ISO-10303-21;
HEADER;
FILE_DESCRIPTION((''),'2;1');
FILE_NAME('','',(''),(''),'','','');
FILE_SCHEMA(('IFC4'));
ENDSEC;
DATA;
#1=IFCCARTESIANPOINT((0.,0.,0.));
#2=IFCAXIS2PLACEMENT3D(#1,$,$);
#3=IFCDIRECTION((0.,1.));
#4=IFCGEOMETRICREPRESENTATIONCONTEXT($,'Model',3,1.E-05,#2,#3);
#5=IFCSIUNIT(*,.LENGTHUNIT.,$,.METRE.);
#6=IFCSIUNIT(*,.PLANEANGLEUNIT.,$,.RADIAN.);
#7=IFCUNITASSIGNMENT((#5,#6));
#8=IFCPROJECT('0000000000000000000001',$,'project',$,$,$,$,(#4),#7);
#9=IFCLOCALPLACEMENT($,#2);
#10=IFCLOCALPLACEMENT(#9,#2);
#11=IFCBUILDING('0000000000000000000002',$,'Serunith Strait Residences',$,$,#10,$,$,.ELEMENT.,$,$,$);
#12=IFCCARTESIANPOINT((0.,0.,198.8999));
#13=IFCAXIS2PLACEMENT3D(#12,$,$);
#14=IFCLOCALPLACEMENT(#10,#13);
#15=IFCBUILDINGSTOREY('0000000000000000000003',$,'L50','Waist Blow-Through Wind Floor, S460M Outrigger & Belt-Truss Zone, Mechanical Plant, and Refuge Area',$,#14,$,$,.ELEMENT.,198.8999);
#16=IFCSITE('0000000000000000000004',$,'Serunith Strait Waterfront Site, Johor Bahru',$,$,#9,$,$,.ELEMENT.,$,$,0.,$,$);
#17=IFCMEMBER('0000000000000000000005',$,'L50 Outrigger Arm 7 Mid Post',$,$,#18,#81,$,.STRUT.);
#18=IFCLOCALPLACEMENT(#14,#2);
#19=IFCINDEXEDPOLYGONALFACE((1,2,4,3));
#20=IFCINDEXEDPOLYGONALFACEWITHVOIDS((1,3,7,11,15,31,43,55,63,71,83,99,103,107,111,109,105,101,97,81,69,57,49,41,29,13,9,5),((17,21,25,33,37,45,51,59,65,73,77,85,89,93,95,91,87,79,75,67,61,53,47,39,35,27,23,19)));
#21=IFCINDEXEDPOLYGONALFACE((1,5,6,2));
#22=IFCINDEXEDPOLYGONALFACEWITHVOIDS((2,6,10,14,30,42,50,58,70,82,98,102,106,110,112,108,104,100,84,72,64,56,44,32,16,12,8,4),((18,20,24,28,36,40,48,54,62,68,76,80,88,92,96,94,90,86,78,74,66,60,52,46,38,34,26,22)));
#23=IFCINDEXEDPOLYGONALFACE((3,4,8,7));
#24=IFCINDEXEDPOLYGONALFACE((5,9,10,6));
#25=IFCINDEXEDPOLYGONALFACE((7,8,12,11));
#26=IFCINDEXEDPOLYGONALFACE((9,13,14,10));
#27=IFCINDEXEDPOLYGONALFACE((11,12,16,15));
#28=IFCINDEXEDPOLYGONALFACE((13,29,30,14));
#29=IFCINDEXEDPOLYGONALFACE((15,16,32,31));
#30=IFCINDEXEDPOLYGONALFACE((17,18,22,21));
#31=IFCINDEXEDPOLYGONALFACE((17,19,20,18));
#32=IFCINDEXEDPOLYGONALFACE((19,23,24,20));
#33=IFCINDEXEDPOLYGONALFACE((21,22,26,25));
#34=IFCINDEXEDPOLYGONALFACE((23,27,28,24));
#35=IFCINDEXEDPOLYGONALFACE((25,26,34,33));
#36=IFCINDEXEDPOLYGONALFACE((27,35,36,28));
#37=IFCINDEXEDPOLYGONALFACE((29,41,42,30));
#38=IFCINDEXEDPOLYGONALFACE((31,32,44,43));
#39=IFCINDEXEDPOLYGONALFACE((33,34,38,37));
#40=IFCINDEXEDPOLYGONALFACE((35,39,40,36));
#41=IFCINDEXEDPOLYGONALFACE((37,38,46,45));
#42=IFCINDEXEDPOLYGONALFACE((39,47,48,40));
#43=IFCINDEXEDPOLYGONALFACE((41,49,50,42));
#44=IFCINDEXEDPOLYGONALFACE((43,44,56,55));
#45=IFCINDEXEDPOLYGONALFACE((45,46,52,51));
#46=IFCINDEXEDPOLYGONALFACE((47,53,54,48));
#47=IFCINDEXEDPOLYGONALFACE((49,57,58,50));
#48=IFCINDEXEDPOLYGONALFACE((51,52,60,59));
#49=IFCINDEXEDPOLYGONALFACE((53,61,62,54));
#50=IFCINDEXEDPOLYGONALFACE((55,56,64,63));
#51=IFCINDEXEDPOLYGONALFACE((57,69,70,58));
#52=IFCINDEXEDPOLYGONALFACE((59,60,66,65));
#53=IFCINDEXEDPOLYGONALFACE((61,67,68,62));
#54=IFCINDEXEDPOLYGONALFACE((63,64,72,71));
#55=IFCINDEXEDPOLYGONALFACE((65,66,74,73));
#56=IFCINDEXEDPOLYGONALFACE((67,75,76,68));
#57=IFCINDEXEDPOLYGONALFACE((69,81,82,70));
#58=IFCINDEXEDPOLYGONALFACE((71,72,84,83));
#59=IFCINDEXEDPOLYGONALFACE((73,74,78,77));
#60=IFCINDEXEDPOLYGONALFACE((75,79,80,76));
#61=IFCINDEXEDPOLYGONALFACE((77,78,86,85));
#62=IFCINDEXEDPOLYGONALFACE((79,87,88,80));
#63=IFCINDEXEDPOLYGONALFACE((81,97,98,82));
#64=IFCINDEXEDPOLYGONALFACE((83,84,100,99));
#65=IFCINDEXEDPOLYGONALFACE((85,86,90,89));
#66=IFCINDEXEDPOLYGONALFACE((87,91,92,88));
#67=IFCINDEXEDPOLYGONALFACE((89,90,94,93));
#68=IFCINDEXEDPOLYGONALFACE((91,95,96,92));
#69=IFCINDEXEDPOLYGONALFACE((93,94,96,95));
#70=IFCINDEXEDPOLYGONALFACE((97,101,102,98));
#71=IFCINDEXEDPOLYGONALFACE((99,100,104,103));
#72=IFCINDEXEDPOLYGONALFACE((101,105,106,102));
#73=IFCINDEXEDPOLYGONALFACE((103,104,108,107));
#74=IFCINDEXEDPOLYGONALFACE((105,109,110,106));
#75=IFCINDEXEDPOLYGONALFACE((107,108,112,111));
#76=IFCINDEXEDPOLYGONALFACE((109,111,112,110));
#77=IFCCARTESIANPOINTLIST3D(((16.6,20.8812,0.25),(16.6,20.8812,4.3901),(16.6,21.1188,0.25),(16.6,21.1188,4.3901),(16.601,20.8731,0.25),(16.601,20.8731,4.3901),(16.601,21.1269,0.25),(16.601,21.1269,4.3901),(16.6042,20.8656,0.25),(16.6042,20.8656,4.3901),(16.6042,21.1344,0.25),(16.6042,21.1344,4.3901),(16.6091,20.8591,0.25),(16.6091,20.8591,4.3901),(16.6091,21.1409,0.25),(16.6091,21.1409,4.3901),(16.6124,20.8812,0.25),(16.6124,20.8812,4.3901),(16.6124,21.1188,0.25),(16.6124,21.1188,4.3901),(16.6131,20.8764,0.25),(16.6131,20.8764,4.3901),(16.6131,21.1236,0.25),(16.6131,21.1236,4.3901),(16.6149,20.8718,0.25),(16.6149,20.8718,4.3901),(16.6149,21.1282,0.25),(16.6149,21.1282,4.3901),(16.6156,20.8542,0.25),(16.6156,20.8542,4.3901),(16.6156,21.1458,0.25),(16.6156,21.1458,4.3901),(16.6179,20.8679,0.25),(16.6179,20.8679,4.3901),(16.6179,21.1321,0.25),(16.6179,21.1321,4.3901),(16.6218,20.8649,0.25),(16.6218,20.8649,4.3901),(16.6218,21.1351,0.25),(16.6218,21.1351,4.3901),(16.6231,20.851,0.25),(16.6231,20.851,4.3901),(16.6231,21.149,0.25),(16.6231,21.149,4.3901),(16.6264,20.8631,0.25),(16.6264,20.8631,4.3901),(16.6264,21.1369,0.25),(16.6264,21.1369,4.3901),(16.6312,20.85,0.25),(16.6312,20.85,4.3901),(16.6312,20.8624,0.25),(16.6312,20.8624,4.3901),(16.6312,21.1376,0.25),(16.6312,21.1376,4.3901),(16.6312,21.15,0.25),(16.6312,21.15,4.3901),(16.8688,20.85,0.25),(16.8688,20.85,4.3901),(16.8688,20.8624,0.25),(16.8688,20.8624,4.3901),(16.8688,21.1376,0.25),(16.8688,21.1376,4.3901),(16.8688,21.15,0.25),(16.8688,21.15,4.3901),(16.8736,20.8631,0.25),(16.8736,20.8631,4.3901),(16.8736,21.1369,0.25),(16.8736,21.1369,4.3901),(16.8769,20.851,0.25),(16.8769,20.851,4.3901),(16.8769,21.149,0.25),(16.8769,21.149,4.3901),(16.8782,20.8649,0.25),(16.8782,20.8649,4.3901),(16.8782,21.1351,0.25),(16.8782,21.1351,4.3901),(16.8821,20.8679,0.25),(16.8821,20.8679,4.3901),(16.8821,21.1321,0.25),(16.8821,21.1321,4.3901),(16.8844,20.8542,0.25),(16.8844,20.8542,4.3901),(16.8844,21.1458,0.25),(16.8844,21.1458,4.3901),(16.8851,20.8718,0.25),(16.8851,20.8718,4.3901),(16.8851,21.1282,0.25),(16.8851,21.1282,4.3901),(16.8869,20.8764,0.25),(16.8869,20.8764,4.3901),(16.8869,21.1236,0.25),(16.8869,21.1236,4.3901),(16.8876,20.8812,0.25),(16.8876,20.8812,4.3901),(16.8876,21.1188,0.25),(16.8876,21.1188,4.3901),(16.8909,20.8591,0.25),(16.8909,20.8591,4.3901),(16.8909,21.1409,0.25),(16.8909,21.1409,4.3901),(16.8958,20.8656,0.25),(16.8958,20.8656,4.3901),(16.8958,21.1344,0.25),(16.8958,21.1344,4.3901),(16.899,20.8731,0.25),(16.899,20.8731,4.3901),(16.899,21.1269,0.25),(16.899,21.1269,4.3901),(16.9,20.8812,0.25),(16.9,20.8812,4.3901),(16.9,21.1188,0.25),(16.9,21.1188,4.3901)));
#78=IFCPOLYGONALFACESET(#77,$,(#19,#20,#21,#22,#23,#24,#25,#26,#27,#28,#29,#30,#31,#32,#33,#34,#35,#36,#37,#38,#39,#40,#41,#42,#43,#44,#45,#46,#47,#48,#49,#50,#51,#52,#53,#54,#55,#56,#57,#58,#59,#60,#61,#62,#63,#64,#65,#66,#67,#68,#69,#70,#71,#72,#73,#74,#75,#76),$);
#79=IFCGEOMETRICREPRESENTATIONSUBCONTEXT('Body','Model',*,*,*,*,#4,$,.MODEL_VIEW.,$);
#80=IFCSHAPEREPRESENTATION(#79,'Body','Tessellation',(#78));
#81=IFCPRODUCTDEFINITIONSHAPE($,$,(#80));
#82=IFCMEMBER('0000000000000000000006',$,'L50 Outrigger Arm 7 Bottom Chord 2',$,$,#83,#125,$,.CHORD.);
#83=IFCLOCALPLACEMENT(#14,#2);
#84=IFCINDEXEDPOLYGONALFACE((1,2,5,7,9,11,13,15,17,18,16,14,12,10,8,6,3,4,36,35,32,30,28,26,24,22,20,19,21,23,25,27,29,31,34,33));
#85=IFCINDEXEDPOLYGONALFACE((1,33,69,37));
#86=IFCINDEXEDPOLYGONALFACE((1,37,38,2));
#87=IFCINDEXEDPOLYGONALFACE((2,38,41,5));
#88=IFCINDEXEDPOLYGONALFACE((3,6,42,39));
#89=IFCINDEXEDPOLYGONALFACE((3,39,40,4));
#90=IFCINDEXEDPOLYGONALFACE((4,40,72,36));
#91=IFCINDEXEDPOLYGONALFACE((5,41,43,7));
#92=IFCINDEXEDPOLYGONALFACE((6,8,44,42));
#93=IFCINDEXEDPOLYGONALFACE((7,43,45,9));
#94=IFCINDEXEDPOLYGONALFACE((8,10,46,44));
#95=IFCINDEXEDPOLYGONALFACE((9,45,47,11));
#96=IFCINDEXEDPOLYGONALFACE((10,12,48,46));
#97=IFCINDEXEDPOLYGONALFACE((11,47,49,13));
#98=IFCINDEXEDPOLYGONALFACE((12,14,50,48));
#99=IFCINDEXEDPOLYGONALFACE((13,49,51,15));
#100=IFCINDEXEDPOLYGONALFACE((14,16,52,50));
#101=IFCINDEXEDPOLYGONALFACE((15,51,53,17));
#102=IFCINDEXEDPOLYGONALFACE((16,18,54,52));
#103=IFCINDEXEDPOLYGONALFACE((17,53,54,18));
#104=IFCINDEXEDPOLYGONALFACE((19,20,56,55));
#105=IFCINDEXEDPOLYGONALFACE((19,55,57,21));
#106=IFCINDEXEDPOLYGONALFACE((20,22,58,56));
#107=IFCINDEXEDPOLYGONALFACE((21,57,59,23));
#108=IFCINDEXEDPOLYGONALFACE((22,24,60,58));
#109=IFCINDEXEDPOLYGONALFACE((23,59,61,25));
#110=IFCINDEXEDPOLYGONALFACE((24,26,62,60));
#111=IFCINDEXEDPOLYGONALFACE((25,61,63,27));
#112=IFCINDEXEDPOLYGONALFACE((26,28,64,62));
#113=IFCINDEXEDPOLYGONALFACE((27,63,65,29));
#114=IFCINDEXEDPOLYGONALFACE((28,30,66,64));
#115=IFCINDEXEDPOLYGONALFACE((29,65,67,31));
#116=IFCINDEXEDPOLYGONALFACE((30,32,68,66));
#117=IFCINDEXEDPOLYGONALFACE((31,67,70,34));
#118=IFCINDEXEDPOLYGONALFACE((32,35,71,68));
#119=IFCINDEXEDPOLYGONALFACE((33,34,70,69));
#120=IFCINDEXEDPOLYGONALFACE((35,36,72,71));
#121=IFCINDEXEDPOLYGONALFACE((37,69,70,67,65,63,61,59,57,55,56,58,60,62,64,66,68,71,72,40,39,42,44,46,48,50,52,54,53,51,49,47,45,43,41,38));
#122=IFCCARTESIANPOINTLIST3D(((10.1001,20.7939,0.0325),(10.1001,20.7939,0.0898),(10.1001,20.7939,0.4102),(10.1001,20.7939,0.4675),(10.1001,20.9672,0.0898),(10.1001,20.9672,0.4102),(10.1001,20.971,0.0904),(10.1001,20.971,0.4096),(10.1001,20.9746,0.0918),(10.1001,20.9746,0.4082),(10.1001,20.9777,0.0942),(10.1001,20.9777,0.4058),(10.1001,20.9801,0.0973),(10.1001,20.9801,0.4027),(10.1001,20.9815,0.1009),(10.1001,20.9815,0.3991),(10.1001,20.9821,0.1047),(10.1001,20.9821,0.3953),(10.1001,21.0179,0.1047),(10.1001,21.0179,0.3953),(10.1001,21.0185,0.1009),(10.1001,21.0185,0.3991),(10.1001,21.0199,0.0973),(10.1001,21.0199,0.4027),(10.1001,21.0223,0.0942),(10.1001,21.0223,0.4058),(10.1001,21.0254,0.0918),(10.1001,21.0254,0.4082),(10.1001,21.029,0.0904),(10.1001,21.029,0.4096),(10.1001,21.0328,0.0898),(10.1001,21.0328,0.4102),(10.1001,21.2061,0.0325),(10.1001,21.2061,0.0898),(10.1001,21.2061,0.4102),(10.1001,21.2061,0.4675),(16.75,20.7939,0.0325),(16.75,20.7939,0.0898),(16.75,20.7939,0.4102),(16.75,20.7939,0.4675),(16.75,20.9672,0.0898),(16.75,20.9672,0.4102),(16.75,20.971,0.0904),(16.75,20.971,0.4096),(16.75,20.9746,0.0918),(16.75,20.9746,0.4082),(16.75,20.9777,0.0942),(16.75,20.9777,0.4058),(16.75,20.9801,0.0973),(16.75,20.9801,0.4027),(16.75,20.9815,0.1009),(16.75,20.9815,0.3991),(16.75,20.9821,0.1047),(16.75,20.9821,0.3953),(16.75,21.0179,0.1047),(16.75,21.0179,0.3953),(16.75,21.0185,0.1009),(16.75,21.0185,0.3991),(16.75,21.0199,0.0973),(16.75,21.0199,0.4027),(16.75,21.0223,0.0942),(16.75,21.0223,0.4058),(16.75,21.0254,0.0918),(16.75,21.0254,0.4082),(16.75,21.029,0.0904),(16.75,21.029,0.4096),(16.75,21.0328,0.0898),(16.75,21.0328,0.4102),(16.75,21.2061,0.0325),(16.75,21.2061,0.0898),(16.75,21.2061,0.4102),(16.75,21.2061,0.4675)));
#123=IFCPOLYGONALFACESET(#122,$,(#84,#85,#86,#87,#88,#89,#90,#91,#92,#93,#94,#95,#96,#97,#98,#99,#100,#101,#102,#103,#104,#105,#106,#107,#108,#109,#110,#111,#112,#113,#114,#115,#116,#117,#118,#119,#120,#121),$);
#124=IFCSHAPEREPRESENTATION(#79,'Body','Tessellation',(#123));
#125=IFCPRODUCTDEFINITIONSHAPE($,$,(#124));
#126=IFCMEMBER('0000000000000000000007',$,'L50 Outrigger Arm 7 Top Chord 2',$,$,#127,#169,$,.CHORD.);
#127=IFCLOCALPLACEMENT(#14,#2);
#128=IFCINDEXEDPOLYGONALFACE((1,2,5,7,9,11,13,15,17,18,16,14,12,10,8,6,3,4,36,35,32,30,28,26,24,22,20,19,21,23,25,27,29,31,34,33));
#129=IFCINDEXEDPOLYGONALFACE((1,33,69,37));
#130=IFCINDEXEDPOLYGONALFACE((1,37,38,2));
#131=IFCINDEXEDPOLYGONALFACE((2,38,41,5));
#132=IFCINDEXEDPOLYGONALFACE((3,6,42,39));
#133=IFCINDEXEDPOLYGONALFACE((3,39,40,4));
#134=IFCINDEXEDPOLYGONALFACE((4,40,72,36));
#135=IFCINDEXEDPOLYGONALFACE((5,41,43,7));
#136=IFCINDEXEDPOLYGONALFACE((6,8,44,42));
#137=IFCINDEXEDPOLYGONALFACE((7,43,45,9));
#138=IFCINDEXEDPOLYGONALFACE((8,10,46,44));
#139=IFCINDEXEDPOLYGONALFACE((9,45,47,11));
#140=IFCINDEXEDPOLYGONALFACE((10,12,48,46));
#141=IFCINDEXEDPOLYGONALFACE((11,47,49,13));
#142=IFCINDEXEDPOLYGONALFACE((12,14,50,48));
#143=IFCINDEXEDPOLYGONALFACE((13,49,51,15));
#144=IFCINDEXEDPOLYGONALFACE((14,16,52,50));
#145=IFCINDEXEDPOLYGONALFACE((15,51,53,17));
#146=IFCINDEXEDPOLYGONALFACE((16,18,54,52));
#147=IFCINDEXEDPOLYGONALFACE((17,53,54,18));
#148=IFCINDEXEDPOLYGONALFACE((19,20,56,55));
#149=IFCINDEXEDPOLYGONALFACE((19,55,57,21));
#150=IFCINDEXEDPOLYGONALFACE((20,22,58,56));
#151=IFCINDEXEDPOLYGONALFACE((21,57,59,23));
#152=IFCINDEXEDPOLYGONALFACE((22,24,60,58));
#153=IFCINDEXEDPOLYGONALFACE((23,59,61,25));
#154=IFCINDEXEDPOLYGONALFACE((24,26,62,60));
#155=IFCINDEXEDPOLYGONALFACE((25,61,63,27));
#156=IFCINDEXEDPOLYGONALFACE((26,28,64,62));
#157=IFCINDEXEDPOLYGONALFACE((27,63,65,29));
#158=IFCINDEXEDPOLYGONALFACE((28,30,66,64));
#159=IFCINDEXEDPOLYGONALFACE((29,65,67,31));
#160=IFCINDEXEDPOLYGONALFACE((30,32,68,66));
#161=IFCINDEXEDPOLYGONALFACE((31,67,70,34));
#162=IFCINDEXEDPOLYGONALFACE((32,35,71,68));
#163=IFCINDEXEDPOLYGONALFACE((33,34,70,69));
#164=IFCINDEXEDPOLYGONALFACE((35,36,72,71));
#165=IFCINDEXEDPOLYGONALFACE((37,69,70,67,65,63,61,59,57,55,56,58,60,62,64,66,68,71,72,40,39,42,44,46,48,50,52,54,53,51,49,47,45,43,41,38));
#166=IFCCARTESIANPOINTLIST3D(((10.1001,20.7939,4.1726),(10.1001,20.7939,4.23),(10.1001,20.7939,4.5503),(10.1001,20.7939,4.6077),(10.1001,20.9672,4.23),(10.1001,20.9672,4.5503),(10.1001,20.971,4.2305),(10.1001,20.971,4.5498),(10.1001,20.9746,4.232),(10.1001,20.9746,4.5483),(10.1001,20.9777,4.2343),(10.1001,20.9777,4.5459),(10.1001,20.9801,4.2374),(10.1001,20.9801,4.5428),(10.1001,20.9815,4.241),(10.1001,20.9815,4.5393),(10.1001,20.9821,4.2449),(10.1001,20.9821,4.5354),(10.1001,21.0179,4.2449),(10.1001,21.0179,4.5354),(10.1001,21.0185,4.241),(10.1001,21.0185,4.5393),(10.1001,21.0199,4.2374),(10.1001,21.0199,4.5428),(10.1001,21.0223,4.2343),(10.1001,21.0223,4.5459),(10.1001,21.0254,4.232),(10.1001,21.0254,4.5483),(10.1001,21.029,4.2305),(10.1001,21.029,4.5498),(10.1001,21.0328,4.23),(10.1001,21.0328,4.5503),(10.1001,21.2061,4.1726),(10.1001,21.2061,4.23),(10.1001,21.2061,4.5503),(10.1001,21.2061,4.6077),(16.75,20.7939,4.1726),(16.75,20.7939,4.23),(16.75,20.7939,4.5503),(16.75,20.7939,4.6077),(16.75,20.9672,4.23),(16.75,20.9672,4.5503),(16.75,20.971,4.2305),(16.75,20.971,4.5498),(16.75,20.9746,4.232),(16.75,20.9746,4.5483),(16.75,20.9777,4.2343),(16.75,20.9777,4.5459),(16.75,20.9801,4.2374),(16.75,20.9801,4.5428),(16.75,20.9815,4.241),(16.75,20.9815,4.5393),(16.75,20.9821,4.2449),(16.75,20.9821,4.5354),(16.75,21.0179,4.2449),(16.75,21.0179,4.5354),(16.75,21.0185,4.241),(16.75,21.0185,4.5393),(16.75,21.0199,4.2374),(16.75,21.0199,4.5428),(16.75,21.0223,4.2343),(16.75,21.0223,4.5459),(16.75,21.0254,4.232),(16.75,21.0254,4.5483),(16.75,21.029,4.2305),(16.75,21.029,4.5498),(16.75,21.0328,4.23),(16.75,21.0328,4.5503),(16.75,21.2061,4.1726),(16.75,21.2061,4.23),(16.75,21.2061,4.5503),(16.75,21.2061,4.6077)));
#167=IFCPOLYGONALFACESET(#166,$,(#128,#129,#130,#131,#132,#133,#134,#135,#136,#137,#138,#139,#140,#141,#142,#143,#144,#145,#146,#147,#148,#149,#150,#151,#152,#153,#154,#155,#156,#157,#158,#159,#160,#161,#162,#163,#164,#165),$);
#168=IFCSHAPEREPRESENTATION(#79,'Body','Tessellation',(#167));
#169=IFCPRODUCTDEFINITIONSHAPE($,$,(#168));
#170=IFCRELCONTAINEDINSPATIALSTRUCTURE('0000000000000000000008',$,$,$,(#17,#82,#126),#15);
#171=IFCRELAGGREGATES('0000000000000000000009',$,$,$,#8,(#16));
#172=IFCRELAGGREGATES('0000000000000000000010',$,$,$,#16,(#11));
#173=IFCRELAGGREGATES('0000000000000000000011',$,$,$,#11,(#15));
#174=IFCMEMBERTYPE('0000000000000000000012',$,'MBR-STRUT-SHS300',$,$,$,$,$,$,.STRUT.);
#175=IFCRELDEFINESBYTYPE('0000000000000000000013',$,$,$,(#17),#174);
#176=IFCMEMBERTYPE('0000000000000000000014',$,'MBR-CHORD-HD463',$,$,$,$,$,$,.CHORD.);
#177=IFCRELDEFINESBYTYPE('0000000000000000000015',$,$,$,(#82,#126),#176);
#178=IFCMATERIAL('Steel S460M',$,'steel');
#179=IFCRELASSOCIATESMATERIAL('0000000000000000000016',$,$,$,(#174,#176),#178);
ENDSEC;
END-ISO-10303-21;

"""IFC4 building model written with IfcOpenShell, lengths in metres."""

from ifc_helpers import new_model, si_unit, direction, frame, origin, origin_2d, place, context, subcontext, project, spatial, hollow_rectangle, i_section, extrude, source, transform, mapped, material, material_profile, profile_set, type_object, element, save


model = new_model("IFC4")

# Units and contexts
model_context = context("Model", 3, precision=1e-05, world=origin(), true_north=direction((0.0, 1.0)))
body_context = subcontext(model_context, "Body", "Model", "MODEL_VIEW")
ifc_project = project(units=[si_unit("LENGTHUNIT", "METRE"), si_unit("PLANEANGLEUNIT", "RADIAN")], contexts=[model_context])

# Site, building, storey
site_placement = place(None, origin())
site = spatial("IfcSite", under=ifc_project, at=site_placement, Name="Serunith Strait Waterfront Site, Johor Bahru", CompositionType="ELEMENT", RefElevation=0.0)
building_placement = place(site_placement, origin())
building = spatial("IfcBuilding", under=site, at=building_placement, Name="Serunith Strait Residences", CompositionType="ELEMENT")
storey_placement = place(building_placement, frame((0.0, 0.0, 198.8999)))
storey = spatial("IfcBuildingStorey", under=building, at=storey_placement, Name="L50", Description="Waist Blow-Through Wind Floor, S460M Outrigger & Belt-Truss Zone, Mechanical Plant, and Refuge Area", CompositionType="ELEMENT", Elevation=198.8999)

# Members
ifc_material_1 = material(Name="Steel S460M", Category="steel")
ifc_material_profile_1 = material_profile(ifc_material_1, hollow_rectangle(XDim=0.3, YDim=0.3, WallThickness=0.0125, InnerFilletRadius=0.0188, OuterFilletRadius=0.0312, at=origin_2d()), Name="SHS 300x300x12.5")
ifc_profile_set_1 = profile_set([ifc_material_profile_1], Name="Steel S460M")
member_type_1 = type_object("IfcMemberType", Name="MBR-STRUT-SHS300", PredefinedType="STRUT", material=ifc_profile_set_1)
shared_shape_1 = source(origin(), body_context, "Body", "SweptSolid", [
    extrude(hollow_rectangle(XDim=0.3, YDim=0.3, WallThickness=0.0125, InnerFilletRadius=0.0188, OuterFilletRadius=0.0312, at=origin_2d()), origin(), (0.0, 0.0, 1.0), 4.1401),
])
member_1_placement = place(storey_placement, frame((16.75, 21.0, 0.25), z_axis=(0.0, 0.0, 1.0), x_axis=(1.0, 0.0, 0.0)))
element("IfcMember", 1, at=member_1_placement, inside=storey, type_object=member_type_1, Name="L50 Outrigger Arm 7 Mid Post", PredefinedType="STRUT", context=body_context, shape_type="MappedRepresentation", body=[
    mapped(shared_shape_1, transform((0.0, 0.0, 0.0), scale=1.0)),
])
ifc_material_profile_2 = material_profile(ifc_material_1, i_section(OverallWidth=0.4121, OverallDepth=0.4351, WebThickness=0.0359, FlangeThickness=0.0574, FilletRadius=0.0149, at=origin_2d()), Name="HD 400x463")
ifc_profile_set_2 = profile_set([ifc_material_profile_2], Name="Steel S460M")
member_type_2 = type_object("IfcMemberType", Name="MBR-CHORD-HD463", PredefinedType="CHORD", material=ifc_profile_set_2)
shared_shape_2 = source(origin(), body_context, "Body", "SweptSolid", [
    extrude(i_section(OverallWidth=0.4121, OverallDepth=0.4351, WebThickness=0.0359, FlangeThickness=0.0574, FilletRadius=0.0149, at=origin_2d()), origin(), (0.0, 0.0, 1.0), 6.6499),
])
for number, where, z_axis, x_axis, name in (
    (2, (16.75, 21.0, 0.25), (-1.0, 0.0, 0.0), (0.0, -1.0, 0.0), "L50 Outrigger Arm 7 Bottom Chord 2"),
    (3, (16.75, 21.0, 4.3901), (-1.0, 0.0, 0.0), (0.0, -1.0, 0.0), "L50 Outrigger Arm 7 Top Chord 2"),
):
    element("IfcMember", number, at=place(storey_placement, frame(where, z_axis=z_axis, x_axis=x_axis)), inside=storey, type_object=member_type_2, Name=name, PredefinedType="CHORD", context=body_context, shape_type="MappedRepresentation", body=[
        mapped(shared_shape_2, transform((0.0, 0.0, 0.0), scale=1.0)),
    ])

save(model, "model.ifc")
